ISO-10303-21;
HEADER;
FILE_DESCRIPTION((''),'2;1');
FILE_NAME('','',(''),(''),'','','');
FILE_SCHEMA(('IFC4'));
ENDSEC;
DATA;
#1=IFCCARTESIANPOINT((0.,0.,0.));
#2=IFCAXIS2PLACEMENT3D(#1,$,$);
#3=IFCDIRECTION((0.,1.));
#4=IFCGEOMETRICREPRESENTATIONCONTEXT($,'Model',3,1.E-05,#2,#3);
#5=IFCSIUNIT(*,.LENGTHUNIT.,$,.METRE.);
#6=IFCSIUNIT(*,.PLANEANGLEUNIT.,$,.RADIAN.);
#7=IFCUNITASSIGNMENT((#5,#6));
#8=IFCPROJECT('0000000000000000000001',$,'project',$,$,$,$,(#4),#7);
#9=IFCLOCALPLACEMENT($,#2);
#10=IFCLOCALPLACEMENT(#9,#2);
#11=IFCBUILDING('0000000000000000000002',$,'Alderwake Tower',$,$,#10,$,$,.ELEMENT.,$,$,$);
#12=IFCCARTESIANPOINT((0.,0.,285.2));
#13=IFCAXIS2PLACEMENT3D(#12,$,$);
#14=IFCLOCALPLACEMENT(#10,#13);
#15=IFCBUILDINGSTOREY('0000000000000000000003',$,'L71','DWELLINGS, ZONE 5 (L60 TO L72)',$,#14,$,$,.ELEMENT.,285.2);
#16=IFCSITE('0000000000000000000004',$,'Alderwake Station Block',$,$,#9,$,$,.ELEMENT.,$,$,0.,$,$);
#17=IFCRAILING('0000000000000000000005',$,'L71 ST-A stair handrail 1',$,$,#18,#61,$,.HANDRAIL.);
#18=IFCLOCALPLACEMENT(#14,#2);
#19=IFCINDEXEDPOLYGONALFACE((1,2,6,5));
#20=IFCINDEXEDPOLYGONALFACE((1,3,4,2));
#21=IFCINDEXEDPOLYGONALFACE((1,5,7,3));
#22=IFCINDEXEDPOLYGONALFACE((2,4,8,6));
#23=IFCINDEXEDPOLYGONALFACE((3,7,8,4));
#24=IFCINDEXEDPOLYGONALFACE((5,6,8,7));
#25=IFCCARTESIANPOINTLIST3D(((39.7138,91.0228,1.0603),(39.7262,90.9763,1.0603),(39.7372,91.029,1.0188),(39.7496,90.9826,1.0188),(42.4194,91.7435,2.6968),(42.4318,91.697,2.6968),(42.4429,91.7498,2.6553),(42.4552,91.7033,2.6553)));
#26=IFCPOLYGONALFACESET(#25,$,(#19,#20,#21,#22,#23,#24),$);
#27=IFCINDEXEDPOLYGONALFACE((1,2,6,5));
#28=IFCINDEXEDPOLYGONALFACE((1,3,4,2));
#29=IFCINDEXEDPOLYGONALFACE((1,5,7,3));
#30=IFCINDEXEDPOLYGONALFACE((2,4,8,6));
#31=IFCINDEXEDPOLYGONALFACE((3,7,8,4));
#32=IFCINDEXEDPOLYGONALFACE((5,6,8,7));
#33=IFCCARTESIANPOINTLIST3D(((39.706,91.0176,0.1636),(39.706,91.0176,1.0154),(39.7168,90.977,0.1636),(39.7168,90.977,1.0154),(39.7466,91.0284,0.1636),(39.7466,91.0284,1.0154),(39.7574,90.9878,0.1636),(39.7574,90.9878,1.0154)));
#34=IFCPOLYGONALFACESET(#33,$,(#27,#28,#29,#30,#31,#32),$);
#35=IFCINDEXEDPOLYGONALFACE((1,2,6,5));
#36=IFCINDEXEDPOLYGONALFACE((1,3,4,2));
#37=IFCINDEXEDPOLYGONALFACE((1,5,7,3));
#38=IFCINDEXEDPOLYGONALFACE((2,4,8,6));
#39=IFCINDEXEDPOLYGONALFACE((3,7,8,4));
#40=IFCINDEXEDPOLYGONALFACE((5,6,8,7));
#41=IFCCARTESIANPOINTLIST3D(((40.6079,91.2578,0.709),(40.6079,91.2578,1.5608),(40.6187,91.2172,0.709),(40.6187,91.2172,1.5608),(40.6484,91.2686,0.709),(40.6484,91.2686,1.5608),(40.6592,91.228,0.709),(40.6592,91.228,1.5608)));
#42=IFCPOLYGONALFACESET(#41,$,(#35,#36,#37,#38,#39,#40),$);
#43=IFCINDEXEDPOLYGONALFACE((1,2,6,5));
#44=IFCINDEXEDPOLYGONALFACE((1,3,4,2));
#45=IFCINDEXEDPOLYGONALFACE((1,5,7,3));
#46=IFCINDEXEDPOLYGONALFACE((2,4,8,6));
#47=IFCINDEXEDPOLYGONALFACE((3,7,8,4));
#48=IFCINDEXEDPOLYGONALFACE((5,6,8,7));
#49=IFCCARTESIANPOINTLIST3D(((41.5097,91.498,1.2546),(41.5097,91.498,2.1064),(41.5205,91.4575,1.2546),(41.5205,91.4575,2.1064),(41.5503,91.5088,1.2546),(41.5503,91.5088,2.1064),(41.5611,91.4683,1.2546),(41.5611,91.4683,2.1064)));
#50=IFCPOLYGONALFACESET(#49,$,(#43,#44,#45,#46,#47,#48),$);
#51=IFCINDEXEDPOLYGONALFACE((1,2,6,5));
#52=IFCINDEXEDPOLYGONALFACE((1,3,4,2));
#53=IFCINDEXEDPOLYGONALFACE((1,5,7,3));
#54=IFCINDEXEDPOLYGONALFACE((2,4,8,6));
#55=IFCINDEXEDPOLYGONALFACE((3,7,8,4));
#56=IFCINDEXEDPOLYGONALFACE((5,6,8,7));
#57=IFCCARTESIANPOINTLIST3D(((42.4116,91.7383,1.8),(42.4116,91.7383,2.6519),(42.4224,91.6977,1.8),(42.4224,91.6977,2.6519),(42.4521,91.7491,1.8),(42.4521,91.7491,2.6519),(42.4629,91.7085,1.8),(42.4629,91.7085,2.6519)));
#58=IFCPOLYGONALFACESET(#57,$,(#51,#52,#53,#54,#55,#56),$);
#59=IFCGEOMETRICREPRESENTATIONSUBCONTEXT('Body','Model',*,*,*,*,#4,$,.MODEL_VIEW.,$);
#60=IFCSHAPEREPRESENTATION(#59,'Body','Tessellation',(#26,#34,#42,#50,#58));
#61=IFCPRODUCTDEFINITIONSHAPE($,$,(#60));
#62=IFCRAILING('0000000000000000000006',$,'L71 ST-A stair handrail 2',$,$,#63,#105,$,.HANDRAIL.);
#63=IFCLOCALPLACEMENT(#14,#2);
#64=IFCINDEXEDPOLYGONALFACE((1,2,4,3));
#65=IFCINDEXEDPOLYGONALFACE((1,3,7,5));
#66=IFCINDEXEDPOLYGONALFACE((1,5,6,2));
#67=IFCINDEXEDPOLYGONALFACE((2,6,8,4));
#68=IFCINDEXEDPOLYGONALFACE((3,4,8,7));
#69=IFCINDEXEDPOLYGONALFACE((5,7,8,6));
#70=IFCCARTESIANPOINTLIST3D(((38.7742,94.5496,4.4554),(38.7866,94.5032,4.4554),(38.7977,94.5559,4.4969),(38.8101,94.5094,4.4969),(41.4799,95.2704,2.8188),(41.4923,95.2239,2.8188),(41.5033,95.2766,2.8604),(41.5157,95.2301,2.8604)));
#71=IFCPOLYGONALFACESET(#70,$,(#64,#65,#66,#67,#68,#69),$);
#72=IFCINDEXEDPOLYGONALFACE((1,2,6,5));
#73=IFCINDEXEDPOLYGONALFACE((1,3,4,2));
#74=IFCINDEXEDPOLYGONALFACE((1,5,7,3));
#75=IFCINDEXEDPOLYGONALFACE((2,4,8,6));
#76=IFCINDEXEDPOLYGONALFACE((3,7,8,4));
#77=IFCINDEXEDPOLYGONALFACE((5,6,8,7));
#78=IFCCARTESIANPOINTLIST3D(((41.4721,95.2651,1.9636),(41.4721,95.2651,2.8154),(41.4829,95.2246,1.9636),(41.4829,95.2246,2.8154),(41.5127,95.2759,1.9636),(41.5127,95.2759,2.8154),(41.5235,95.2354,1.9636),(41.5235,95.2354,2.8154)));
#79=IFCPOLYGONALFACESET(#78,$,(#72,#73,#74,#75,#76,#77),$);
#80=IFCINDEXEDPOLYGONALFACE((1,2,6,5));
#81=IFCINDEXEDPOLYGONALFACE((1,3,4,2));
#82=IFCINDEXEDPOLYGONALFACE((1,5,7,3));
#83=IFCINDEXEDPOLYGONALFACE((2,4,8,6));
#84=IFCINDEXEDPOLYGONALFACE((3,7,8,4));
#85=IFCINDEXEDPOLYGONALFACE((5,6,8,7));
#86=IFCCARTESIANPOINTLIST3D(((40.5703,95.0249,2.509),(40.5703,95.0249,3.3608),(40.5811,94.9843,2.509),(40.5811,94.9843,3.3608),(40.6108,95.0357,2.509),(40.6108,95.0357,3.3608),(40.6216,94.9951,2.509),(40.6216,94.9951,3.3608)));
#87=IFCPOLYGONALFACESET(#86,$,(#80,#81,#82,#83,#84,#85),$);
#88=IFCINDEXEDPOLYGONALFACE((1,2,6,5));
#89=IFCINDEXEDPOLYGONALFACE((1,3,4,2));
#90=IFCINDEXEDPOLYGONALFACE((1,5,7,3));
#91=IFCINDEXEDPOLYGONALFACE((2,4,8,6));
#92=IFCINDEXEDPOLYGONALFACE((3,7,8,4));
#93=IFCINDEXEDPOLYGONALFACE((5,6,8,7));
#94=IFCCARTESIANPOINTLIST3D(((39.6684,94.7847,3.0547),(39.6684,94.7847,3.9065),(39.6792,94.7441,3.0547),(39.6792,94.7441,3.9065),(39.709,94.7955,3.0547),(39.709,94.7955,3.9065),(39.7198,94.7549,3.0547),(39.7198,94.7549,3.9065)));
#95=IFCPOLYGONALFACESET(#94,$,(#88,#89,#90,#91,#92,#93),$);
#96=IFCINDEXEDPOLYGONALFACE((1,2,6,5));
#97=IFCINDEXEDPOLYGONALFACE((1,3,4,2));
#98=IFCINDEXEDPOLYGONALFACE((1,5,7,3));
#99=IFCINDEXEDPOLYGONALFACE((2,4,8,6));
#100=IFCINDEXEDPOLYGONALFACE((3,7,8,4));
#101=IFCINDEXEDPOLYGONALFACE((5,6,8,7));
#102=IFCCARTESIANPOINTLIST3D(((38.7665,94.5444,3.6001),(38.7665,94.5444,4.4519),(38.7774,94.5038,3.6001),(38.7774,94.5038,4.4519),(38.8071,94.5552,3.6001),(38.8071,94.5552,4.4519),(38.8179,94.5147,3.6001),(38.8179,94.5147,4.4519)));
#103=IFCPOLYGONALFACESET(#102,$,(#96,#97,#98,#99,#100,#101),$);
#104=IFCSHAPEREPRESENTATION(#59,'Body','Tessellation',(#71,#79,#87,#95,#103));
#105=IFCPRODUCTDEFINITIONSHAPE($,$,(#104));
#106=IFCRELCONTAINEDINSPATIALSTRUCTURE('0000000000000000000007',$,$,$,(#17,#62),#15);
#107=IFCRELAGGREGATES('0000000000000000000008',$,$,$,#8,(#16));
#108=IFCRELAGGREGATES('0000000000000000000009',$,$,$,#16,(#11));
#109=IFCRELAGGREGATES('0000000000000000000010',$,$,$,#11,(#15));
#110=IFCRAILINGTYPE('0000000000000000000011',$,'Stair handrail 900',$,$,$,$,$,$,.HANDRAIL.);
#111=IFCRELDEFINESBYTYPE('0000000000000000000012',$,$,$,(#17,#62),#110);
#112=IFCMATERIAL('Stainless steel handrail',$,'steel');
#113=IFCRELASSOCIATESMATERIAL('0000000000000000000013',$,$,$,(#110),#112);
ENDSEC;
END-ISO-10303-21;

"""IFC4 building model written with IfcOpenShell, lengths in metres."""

from ifc_helpers import new_model, si_unit, direction, frame, origin, origin_2d, place, context, subcontext, project, spatial, rectangle, extrude, material, type_object, element, save


model = new_model("IFC4")

# Units and contexts
model_context = context("Model", 3, precision=1e-05, world=origin(), true_north=direction((0.0, 1.0)))
body_context = subcontext(model_context, "Body", "Model", "MODEL_VIEW")
ifc_project = project(units=[si_unit("LENGTHUNIT", "METRE"), si_unit("PLANEANGLEUNIT", "RADIAN")], contexts=[model_context])

# Site, building, storey
site_placement = place(None, origin())
site = spatial("IfcSite", under=ifc_project, at=site_placement, Name="Alderwake Station Block", CompositionType="ELEMENT", RefElevation=0.0)
building_placement = place(site_placement, origin())
building = spatial("IfcBuilding", under=site, at=building_placement, Name="Alderwake Tower", CompositionType="ELEMENT")
storey_placement = place(building_placement, frame((0.0, 0.0, 285.2)))
storey = spatial("IfcBuildingStorey", under=building, at=storey_placement, Name="L71", Description="DWELLINGS, ZONE 5 (L60 TO L72)", CompositionType="ELEMENT", Elevation=285.2)

# Railings
ifc_material_1 = material(Name="Stainless steel handrail", Category="steel")
railing_type_1 = type_object("IfcRailingType", Name="Stair handrail 900", PredefinedType="HANDRAIL", material=ifc_material_1)
railing_1_placement = place(storey_placement, frame((39.7317, 91.0027, 0.1636)))
element("IfcRailing", 1, at=railing_1_placement, inside=storey, type_object=railing_type_1, Name="L71 ST-A stair handrail 1", PredefinedType="HANDRAIL", context=body_context, shape_type="SweptSolid", body=[
    extrude(rectangle(XDim=0.0481, YDim=0.0481, at=origin_2d()), frame((0.0, 0.0, 0.876), z_axis=(0.834259, 0.222228, 0.504605), x_axis=(-0.257402, 0.966304, 0.0)), (0.0, 0.0, 1.0), 3.2432),
    extrude(rectangle(XDim=0.042, YDim=0.042, at=origin_2d()), frame((0.0, 0.0, 0.0), z_axis=(0.0, 0.0, 1.0), x_axis=(0.966304, 0.257402, 0.0)), (0.0, 0.0, 1.0), 0.8518),
    extrude(rectangle(XDim=0.042, YDim=0.042, at=origin_2d()), frame((0.9019, 0.2402, 0.5454), z_axis=(0.0, 0.0, 1.0), x_axis=(0.966304, 0.257402, 0.0)), (0.0, 0.0, 1.0), 0.8518),
    extrude(rectangle(XDim=0.042, YDim=0.042, at=origin_2d()), frame((1.8037, 0.4805, 1.0911), z_axis=(0.0, 0.0, 1.0), x_axis=(0.966304, 0.257402, 0.0)), (0.0, 0.0, 1.0), 0.8518),
    extrude(rectangle(XDim=0.042, YDim=0.042, at=origin_2d()), frame((2.7056, 0.7207, 1.6365), z_axis=(0.0, 0.0, 1.0), x_axis=(0.966304, 0.257402, 0.0)), (0.0, 0.0, 1.0), 0.8518),
])
railing_2_placement = place(storey_placement, frame((41.4978, 95.2502, 1.9636)))
element("IfcRailing", 2, at=railing_2_placement, inside=storey, type_object=railing_type_1, Name="L71 ST-A stair handrail 2", PredefinedType="HANDRAIL", context=body_context, shape_type="SweptSolid", body=[
    extrude(rectangle(XDim=0.0481, YDim=0.0481, at=origin_2d()), frame((0.0, 0.0, 0.876), z_axis=(-0.834259, -0.222228, 0.504605), x_axis=(0.257402, -0.966304, 0.0)), (0.0, 0.0, 1.0), 3.2432),
    extrude(rectangle(XDim=0.042, YDim=0.042, at=origin_2d()), frame((0.0, 0.0, 0.0), z_axis=(0.0, 0.0, 1.0), x_axis=(-0.966304, -0.257402, 0.0)), (0.0, 0.0, 1.0), 0.8518),
    extrude(rectangle(XDim=0.042, YDim=0.042, at=origin_2d()), frame((-0.9019, -0.2402, 0.5454), z_axis=(0.0, 0.0, 1.0), x_axis=(-0.966304, -0.257402, 0.0)), (0.0, 0.0, 1.0), 0.8518),
    extrude(rectangle(XDim=0.042, YDim=0.042, at=origin_2d()), frame((-1.8037, -0.4805, 1.0911), z_axis=(0.0, 0.0, 1.0), x_axis=(-0.966304, -0.257402, 0.0)), (0.0, 0.0, 1.0), 0.8518),
    extrude(rectangle(XDim=0.042, YDim=0.042, at=origin_2d()), frame((-2.7056, -0.7207, 1.6365), z_axis=(0.0, 0.0, 1.0), x_axis=(-0.966304, -0.257402, 0.0)), (0.0, 0.0, 1.0), 0.8518),
])

save(model, "model.ifc")
